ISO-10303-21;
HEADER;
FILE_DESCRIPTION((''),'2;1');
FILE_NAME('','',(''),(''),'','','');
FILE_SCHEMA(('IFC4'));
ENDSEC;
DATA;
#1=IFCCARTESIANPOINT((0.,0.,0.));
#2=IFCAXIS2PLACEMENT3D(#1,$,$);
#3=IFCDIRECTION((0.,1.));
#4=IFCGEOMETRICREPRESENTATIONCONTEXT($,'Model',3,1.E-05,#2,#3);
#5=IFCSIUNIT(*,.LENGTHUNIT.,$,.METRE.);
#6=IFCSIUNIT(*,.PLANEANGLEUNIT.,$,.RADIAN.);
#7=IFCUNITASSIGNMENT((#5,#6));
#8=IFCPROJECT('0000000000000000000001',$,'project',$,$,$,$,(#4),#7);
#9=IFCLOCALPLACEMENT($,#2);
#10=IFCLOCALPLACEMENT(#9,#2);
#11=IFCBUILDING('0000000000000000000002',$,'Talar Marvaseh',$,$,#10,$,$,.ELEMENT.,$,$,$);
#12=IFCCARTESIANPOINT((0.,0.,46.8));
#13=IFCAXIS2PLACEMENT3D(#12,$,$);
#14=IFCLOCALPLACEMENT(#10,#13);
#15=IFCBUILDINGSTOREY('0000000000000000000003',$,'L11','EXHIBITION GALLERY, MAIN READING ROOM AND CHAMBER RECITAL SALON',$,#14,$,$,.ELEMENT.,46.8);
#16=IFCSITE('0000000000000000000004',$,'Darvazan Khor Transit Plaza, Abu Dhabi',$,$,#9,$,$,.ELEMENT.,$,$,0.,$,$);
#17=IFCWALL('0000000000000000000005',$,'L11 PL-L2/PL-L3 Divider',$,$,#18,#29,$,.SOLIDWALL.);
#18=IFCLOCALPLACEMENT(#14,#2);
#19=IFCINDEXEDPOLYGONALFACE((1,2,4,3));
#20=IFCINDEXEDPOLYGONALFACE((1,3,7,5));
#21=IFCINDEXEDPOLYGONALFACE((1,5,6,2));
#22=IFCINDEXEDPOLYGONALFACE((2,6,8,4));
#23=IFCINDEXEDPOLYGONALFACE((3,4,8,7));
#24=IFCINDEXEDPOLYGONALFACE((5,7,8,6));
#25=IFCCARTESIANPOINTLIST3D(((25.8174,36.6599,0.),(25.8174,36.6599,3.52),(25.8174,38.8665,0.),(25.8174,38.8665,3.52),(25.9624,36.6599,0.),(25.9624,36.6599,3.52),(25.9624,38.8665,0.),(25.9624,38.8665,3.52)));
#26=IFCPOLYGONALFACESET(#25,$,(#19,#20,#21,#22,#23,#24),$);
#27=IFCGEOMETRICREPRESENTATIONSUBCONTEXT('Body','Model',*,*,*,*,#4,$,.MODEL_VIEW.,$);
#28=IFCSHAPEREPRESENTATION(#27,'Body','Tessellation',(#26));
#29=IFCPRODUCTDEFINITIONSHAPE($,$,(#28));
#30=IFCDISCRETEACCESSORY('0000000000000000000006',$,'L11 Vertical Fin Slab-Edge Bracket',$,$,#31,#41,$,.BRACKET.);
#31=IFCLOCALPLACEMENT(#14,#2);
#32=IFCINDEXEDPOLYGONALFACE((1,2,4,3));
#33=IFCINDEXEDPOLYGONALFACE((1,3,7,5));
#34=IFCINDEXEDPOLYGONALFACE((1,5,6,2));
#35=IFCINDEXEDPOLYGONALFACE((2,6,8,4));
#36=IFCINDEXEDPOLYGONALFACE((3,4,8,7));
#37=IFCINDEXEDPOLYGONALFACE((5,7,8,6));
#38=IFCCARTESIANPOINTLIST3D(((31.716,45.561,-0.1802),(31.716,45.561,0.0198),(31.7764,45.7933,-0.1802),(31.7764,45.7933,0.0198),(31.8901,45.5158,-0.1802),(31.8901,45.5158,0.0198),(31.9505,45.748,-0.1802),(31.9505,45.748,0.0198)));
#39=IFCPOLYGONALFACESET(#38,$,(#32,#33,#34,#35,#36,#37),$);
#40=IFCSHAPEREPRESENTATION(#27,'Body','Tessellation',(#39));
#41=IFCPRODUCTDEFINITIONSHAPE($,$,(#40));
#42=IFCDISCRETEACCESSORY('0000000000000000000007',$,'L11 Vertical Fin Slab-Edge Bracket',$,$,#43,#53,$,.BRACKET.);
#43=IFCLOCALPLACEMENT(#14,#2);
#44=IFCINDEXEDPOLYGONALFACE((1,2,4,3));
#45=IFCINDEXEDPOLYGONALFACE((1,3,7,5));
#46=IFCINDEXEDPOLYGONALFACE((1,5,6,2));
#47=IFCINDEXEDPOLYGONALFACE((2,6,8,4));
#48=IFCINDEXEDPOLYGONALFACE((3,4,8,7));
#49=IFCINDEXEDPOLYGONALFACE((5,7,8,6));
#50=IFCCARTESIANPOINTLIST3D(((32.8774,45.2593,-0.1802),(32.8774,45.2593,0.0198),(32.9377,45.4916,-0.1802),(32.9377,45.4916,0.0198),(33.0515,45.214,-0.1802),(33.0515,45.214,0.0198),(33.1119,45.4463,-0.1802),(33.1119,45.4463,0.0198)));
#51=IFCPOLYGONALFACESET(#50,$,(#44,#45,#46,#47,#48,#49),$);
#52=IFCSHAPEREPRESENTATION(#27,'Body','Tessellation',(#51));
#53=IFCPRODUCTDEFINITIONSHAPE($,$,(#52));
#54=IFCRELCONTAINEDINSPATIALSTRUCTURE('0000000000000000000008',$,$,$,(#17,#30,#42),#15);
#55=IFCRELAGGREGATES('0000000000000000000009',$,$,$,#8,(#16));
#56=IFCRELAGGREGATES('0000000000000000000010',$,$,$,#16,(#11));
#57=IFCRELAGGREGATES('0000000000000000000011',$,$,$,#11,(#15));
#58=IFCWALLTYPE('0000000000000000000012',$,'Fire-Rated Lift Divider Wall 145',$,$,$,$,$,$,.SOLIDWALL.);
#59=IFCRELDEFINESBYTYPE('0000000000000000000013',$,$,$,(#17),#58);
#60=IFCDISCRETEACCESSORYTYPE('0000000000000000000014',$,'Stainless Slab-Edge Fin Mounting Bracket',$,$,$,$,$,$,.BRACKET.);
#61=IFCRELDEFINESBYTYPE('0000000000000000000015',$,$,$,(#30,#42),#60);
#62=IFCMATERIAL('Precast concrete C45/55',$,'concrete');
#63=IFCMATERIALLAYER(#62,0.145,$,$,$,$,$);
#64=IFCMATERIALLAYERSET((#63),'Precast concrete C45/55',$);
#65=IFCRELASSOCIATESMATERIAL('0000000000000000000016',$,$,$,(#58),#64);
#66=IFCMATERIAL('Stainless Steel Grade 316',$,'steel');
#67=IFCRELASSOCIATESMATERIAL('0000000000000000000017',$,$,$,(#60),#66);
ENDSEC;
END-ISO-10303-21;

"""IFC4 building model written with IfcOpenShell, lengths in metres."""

from ifc_helpers import new_model, si_unit, direction, frame, frame_2d, origin, origin_2d, place, context, subcontext, project, spatial, rectangle, extrude, source, transform, mapped, material, layer, layer_set, type_object, type_shapes, element, save


model = new_model("IFC4")

# Units and contexts
model_context = context("Model", 3, precision=1e-05, world=origin(), true_north=direction((0.0, 1.0)))
body_context = subcontext(model_context, "Body", "Model", "MODEL_VIEW")
ifc_project = project(units=[si_unit("LENGTHUNIT", "METRE"), si_unit("PLANEANGLEUNIT", "RADIAN")], contexts=[model_context])

# Site, building, storey
site_placement = place(None, origin())
site = spatial("IfcSite", under=ifc_project, at=site_placement, Name="Darvazan Khor Transit Plaza, Abu Dhabi", CompositionType="ELEMENT", RefElevation=0.0)
building_placement = place(site_placement, origin())
building = spatial("IfcBuilding", under=site, at=building_placement, Name="Talar Marvaseh", CompositionType="ELEMENT")
storey_placement = place(building_placement, frame((0.0, 0.0, 46.8)))
storey = spatial("IfcBuildingStorey", under=building, at=storey_placement, Name="L11", Description="EXHIBITION GALLERY, MAIN READING ROOM AND CHAMBER RECITAL SALON", CompositionType="ELEMENT", Elevation=46.8)

# Wall
ifc_material_1 = material(Name="Precast concrete C45/55", Category="concrete")
ifc_layer_1 = layer(ifc_material_1, 0.145)
ifc_layer_set_1 = layer_set([ifc_layer_1], Name="Precast concrete C45/55")
wall_type_1 = type_object("IfcWallType", Name="Fire-Rated Lift Divider Wall 145", PredefinedType="SOLIDWALL", material=ifc_layer_set_1)
wall_1_placement = place(storey_placement, frame((25.8899, 36.6599, 0.0), z_axis=(0.0, 0.0, 1.0), x_axis=(0.0, 1.0, 0.0)))
element("IfcWall", 1, at=wall_1_placement, inside=storey, type_object=wall_type_1, Name="L11 PL-L2/PL-L3 Divider", PredefinedType="SOLIDWALL", context=body_context, shape_type="SweptSolid", body=[
    extrude(rectangle(XDim=2.2065, YDim=0.145, at=frame_2d((1.1033, 0.0))), origin(), (0.0, 0.0, 1.0), 3.52),
])

# Shared definitions
ifc_material_2 = material(Name="Stainless Steel Grade 316", Category="steel")

# Discrete accessories
discrete_accessory_type = type_object("IfcDiscreteAccessoryType", Name="Stainless Slab-Edge Fin Mounting Bracket", PredefinedType="BRACKET", material=ifc_material_2)
shared_shape_1 = source(origin(), body_context, "Body", "SweptSolid", [
    extrude(rectangle(XDim=0.24, YDim=0.1799, at=origin_2d()), origin(), (0.0, 0.0, 1.0), 0.2),
])
type_shapes(discrete_accessory_type, [shared_shape_1])
for number, where, z_axis, x_axis, name in (
    (2, (31.8333, 45.6545, -0.1802), (0.0, 0.0, 1.0), (0.251563, 0.967841, 0.0), "L11 Vertical Fin Slab-Edge Bracket"),
    (3, (32.9946, 45.3528, -0.1802), (0.0, 0.0, 1.0), (0.251563, 0.967841, 0.0), "L11 Vertical Fin Slab-Edge Bracket"),
):
    element("IfcDiscreteAccessory", number, at=place(storey_placement, frame(where, z_axis=z_axis, x_axis=x_axis)), inside=storey, type_object=discrete_accessory_type, Name=name, PredefinedType="BRACKET", context=body_context, shape_type="MappedRepresentation", body=[
        mapped(shared_shape_1, transform((0.0, 0.0, 0.0), x_axis=(1.0, 0.0, 0.0), y_axis=(0.0, 1.0, 0.0), z_axis=(0.0, 0.0, 1.0), scale=1.0)),
    ])

save(model, "model.ifc")
